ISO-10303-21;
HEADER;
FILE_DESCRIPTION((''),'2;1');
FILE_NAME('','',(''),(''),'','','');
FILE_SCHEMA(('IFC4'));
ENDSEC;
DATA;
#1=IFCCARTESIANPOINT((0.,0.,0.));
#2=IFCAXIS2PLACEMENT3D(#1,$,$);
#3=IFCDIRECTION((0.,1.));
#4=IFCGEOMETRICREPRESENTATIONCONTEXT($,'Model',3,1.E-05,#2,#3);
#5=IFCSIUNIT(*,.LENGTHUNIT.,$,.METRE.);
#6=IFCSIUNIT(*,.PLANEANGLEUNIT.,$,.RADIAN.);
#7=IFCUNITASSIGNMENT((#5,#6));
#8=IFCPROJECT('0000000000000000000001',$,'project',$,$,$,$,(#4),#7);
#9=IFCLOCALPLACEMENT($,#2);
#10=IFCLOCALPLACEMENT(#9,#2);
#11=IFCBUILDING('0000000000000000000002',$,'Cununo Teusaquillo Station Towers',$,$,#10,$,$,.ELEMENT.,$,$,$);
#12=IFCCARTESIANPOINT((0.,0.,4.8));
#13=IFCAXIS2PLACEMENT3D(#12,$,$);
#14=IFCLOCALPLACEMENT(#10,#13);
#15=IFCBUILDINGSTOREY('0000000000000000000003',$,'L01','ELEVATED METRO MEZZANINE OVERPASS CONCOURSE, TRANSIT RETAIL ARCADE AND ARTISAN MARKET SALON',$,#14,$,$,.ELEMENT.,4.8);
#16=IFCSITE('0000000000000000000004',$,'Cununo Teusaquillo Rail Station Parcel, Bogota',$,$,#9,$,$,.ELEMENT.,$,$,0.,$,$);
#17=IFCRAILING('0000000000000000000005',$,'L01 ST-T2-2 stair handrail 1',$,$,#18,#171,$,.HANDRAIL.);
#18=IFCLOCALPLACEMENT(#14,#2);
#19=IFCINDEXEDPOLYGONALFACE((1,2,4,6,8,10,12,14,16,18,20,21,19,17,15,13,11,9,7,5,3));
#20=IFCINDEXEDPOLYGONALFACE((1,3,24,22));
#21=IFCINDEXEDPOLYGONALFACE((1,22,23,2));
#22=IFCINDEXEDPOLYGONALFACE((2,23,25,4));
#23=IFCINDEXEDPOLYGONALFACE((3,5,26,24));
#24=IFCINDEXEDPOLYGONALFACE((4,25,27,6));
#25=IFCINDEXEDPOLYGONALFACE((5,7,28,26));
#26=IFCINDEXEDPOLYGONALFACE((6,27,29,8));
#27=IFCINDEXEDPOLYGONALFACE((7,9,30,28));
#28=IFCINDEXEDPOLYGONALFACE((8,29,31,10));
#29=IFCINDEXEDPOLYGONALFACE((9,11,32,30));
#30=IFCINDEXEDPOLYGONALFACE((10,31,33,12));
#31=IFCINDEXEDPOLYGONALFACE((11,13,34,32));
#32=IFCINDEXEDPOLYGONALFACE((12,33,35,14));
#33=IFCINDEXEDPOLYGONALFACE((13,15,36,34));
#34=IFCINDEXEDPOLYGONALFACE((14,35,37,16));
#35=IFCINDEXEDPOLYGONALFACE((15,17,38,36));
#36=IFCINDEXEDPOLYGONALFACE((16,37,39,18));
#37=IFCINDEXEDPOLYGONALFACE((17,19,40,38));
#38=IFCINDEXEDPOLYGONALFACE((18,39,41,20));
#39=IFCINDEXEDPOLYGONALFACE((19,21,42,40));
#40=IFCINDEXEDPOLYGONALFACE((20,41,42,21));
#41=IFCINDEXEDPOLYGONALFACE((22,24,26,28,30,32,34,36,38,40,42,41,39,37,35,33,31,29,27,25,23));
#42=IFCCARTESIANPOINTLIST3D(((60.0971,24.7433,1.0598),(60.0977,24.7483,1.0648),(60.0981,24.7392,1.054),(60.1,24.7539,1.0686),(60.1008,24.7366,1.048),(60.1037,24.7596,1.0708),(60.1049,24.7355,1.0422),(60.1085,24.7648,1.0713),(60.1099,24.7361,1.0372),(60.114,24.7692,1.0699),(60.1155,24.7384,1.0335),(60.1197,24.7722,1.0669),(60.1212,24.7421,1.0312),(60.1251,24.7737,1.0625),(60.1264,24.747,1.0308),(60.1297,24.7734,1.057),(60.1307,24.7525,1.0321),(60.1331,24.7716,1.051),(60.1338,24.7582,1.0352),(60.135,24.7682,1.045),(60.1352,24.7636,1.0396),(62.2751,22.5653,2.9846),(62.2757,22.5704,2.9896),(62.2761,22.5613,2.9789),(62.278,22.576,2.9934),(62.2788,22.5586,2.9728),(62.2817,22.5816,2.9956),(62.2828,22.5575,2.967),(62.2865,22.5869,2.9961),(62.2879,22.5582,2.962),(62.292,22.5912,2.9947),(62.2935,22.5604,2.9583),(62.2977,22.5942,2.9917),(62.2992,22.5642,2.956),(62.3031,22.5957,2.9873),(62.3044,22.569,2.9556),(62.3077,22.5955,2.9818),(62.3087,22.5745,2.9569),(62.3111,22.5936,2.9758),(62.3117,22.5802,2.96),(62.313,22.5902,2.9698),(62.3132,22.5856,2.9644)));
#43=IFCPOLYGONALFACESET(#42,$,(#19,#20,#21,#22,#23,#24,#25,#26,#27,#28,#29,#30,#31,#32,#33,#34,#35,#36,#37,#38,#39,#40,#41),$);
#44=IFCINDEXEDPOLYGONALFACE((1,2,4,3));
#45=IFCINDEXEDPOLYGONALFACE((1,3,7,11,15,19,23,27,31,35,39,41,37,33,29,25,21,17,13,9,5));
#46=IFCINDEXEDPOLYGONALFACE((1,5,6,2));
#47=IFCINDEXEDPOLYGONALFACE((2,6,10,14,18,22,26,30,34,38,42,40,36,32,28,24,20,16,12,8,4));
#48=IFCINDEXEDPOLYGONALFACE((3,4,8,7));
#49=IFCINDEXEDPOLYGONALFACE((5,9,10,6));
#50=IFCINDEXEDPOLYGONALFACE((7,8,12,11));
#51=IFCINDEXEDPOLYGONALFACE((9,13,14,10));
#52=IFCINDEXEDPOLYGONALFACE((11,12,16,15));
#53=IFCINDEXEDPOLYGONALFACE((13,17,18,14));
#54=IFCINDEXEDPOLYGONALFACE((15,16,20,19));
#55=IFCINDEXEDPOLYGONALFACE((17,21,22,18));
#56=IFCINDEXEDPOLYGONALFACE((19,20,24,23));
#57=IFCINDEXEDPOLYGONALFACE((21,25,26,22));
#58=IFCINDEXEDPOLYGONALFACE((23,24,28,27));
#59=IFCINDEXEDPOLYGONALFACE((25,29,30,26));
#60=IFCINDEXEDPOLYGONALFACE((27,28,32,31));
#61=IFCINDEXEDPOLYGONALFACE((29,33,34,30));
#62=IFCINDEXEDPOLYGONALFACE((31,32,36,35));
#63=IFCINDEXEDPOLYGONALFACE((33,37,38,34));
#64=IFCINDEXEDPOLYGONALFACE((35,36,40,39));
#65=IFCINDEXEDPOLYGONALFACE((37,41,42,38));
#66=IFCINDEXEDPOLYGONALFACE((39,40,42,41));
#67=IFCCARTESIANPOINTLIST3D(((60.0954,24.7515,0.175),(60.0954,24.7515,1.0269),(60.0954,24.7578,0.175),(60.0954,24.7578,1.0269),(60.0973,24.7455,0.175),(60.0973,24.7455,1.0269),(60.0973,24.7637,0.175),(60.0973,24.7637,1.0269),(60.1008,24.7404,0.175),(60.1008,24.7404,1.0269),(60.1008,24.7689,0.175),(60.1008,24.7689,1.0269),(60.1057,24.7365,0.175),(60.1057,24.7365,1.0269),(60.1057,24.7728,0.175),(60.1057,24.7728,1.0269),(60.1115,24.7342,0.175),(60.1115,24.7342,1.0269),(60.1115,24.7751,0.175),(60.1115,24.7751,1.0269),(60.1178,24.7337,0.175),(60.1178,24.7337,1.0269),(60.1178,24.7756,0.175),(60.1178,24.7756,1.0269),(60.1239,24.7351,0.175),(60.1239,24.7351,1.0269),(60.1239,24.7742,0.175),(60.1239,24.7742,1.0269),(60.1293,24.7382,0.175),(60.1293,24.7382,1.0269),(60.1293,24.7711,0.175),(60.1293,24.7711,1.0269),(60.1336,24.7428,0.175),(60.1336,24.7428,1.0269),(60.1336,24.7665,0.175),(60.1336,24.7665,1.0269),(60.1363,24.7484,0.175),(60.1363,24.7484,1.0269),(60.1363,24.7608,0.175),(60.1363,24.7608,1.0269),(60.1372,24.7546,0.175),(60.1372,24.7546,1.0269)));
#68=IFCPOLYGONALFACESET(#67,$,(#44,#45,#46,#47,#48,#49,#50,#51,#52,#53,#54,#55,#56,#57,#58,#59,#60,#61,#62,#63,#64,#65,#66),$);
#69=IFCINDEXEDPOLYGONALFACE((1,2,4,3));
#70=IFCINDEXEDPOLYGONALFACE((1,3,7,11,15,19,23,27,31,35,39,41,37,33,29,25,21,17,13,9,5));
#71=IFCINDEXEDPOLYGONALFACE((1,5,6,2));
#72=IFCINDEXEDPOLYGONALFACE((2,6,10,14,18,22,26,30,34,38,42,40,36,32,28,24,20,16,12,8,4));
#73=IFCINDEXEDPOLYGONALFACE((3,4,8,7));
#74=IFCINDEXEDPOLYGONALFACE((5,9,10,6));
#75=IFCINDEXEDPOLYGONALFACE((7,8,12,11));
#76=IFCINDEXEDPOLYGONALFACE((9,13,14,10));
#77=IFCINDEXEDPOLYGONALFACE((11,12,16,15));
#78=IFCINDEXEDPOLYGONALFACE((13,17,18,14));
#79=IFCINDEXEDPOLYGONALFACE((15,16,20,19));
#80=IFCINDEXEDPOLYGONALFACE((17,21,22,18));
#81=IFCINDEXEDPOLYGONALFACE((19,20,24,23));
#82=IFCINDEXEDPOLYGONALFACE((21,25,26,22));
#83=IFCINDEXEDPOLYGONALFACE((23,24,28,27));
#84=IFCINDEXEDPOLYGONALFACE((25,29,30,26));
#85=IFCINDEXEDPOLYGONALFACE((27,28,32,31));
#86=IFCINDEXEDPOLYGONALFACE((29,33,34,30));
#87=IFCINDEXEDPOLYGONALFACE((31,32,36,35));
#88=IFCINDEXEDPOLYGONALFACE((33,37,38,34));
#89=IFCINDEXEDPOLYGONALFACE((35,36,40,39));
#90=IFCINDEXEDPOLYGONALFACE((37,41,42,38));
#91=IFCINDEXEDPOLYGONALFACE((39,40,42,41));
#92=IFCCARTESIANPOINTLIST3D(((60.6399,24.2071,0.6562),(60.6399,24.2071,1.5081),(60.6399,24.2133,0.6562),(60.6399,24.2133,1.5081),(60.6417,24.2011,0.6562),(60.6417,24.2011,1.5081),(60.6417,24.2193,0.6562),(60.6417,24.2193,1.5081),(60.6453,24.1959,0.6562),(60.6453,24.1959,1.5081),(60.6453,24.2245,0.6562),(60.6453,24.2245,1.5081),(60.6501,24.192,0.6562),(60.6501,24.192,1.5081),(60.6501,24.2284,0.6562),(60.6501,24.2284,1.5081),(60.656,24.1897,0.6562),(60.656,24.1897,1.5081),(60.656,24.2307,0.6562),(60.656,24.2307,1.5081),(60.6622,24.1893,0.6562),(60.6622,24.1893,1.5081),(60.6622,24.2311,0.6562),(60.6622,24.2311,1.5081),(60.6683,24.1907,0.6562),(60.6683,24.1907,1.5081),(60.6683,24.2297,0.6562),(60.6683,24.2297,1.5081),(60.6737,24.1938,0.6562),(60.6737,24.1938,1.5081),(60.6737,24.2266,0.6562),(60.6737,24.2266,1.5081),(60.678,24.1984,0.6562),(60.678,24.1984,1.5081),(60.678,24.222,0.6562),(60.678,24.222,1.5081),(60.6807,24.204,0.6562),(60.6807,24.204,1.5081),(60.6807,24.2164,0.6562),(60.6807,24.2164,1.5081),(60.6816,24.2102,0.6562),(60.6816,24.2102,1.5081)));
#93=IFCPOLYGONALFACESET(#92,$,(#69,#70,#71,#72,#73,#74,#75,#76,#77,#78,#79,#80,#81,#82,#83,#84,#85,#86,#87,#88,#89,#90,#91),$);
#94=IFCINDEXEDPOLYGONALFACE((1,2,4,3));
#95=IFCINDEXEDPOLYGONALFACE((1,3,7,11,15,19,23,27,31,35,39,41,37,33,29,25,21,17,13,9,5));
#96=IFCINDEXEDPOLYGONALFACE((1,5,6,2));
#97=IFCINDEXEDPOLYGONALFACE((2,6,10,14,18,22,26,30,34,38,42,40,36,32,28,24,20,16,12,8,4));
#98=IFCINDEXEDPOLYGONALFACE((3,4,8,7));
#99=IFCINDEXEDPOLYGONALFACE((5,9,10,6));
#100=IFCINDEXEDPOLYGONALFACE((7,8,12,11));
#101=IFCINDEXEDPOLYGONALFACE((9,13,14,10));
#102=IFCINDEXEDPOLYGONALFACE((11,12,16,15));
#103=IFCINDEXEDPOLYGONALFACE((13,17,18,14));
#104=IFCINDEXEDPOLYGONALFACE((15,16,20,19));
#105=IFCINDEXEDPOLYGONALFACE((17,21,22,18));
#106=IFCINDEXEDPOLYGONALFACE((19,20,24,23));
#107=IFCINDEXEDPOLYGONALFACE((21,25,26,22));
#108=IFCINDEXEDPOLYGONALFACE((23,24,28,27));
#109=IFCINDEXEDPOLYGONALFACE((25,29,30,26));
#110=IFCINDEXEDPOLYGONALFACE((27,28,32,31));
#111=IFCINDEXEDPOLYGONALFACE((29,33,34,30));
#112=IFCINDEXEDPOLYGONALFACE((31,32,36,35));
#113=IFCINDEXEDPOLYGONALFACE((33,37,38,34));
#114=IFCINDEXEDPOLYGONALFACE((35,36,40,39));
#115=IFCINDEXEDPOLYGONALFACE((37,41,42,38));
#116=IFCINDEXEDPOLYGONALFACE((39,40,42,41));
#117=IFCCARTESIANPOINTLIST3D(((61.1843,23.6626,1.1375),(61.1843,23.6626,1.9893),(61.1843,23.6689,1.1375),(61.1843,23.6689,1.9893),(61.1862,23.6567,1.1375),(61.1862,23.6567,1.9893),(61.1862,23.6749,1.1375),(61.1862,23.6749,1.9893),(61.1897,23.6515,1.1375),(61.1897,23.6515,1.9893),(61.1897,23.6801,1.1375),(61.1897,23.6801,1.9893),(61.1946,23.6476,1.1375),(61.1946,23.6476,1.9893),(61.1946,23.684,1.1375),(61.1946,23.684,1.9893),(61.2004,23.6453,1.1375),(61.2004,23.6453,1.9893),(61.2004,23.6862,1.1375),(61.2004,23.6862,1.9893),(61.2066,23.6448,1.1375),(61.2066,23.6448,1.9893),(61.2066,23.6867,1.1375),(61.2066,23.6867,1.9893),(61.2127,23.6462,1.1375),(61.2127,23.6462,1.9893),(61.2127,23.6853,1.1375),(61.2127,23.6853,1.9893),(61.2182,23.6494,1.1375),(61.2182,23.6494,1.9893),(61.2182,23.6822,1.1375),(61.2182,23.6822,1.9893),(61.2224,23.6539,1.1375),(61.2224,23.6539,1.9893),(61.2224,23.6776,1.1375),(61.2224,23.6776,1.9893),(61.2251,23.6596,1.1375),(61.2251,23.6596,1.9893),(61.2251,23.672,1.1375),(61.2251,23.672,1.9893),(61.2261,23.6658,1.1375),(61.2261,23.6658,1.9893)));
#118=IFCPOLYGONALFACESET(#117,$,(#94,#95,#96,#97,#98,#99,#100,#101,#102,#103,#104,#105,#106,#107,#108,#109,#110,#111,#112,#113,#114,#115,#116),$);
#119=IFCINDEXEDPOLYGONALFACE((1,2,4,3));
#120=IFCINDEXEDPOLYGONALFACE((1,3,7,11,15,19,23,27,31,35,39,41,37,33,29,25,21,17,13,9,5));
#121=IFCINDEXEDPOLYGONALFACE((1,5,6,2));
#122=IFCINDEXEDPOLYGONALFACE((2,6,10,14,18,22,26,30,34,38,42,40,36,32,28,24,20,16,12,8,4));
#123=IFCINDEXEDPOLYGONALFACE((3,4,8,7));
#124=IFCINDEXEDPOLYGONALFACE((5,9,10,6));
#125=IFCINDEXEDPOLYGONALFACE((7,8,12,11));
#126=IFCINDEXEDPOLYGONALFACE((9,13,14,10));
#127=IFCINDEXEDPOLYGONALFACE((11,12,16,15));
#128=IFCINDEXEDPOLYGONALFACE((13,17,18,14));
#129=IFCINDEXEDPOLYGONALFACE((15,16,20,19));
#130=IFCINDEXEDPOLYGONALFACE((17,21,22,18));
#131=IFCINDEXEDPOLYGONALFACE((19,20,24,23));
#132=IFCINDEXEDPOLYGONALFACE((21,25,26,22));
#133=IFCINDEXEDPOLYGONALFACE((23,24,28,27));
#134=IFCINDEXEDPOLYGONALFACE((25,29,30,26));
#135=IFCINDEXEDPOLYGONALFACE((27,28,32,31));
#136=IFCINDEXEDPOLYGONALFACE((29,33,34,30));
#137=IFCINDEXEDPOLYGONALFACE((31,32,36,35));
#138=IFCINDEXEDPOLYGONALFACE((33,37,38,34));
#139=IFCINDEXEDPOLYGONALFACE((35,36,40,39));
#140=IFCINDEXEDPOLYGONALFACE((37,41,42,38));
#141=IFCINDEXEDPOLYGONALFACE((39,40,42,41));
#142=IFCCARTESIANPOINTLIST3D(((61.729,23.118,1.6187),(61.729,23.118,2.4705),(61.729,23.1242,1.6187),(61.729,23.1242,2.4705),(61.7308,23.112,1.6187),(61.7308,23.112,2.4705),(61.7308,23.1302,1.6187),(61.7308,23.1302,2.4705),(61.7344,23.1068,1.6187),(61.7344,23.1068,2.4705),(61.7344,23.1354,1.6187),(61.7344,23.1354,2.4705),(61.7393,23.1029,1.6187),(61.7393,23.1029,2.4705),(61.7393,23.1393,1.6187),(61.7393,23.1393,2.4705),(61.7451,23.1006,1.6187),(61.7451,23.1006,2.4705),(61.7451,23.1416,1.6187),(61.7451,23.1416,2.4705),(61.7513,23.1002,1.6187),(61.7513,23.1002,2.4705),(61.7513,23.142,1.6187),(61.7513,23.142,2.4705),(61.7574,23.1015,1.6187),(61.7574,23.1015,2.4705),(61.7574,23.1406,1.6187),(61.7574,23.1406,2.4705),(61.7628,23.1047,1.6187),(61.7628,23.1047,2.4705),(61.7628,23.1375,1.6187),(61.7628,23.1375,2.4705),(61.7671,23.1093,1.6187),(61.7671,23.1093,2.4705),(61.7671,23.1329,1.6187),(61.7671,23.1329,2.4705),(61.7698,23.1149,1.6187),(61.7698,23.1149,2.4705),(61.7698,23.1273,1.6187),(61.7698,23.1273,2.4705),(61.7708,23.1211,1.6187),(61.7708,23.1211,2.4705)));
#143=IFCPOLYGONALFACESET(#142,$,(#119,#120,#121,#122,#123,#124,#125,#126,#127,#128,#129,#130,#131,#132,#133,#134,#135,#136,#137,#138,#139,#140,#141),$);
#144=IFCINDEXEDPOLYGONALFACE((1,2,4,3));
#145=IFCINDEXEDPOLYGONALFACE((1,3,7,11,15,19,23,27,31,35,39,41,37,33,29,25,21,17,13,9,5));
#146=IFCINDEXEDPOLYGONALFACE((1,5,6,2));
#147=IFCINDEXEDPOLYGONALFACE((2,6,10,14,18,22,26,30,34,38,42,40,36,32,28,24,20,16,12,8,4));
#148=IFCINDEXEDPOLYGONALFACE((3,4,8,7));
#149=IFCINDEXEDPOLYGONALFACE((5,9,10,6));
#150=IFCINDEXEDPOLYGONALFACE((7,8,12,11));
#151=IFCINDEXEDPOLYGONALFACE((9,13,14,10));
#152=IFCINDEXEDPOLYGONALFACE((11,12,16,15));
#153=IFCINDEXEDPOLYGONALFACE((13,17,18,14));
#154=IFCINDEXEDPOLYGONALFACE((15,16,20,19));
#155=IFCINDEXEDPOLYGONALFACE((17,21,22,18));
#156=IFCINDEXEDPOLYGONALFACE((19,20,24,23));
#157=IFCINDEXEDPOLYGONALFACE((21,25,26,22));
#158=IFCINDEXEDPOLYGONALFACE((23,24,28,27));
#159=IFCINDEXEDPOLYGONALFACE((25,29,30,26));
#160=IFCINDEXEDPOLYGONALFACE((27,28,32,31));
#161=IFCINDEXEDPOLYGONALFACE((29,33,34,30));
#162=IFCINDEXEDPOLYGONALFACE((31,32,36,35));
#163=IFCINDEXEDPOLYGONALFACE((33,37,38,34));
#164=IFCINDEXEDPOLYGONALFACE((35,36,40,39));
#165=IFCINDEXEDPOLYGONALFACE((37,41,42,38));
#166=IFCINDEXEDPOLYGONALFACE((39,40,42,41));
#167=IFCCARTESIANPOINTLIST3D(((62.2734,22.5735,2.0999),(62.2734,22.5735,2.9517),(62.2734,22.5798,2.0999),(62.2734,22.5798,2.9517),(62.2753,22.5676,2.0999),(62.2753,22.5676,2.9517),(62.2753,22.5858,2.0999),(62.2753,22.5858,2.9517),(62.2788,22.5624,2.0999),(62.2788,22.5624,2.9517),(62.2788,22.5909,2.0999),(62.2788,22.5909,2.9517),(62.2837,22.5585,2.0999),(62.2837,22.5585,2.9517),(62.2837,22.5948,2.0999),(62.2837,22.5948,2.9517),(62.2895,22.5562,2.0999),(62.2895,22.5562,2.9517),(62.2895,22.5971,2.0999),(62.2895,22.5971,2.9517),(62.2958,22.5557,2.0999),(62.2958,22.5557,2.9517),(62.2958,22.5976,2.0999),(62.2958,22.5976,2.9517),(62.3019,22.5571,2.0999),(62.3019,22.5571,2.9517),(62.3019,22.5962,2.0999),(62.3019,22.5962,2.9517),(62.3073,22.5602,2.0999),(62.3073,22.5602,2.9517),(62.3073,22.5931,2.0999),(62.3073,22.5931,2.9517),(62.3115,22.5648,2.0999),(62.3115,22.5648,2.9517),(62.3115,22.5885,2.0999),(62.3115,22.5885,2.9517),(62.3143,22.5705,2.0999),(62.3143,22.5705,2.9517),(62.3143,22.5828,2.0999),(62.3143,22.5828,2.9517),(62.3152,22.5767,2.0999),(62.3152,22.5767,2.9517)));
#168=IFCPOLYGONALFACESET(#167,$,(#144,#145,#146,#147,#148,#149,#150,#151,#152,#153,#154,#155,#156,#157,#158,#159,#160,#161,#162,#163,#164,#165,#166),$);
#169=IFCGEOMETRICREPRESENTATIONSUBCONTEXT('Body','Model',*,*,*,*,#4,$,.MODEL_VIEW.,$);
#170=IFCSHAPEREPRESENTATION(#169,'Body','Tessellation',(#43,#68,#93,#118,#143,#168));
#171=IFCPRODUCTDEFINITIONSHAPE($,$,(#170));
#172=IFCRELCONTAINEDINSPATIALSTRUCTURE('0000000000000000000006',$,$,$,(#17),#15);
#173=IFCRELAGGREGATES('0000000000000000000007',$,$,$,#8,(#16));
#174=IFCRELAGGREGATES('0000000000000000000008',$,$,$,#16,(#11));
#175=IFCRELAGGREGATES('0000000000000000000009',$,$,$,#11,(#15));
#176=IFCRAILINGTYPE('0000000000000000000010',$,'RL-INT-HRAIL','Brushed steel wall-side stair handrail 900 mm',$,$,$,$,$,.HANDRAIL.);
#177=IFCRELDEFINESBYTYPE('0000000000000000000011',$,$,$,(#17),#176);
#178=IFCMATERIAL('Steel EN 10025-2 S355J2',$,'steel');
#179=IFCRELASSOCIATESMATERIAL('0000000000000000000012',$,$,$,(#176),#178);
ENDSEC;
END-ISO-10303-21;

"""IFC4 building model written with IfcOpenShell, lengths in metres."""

from ifc_helpers import new_model, si_unit, direction, frame, origin, origin_2d, place, context, subcontext, project, spatial, circle, extrude, material, type_object, element, save


model = new_model("IFC4")

# Units and contexts
model_context = context("Model", 3, precision=1e-05, world=origin(), true_north=direction((0.0, 1.0)))
body_context = subcontext(model_context, "Body", "Model", "MODEL_VIEW")
ifc_project = project(units=[si_unit("LENGTHUNIT", "METRE"), si_unit("PLANEANGLEUNIT", "RADIAN")], contexts=[model_context])

# Site, building, storey
site_placement = place(None, origin())
site = spatial("IfcSite", under=ifc_project, at=site_placement, Name="Cununo Teusaquillo Rail Station Parcel, Bogota", CompositionType="ELEMENT", RefElevation=0.0)
building_placement = place(site_placement, origin())
building = spatial("IfcBuilding", under=site, at=building_placement, Name="Cununo Teusaquillo Station Towers", CompositionType="ELEMENT")
storey_placement = place(building_placement, frame((0.0, 0.0, 4.8)))
storey = spatial("IfcBuildingStorey", under=building, at=storey_placement, Name="L01", Description="ELEVATED METRO MEZZANINE OVERPASS CONCOURSE, TRANSIT RETAIL ARCADE AND ARTISAN MARKET SALON", CompositionType="ELEMENT", Elevation=4.8)

# Railing
ifc_material_1 = material(Name="Steel EN 10025-2 S355J2", Category="steel")
railing_type_1 = type_object("IfcRailingType", Name="RL-INT-HRAIL", Description="Brushed steel wall-side stair handrail 900 mm", PredefinedType="HANDRAIL", material=ifc_material_1)
railing_1_placement = place(storey_placement, frame((60.1162, 24.7546, 0.175)))
element("IfcRailing", 1, at=railing_1_placement, inside=storey, type_object=railing_type_1, Name="L01 ST-T2-2 stair handrail 1", PredefinedType="HANDRAIL", context=body_context, shape_type="SweptSolid", body=[
    extrude(circle(Radius=0.0239, at=origin_2d()), frame((0.0, 0.0, 0.876), z_axis=(0.599649, -0.599649, 0.529945), x_axis=(0.707107, 0.707107, 0.0)), (0.0, 0.0, 1.0), 3.6321),
    extrude(circle(Radius=0.021, at=origin_2d()), origin(), (0.0, 0.0, 1.0), 0.8518),
    extrude(circle(Radius=0.021, at=origin_2d()), frame((0.5444, -0.5444, 0.4812)), (0.0, 0.0, 1.0), 0.8518),
    extrude(circle(Radius=0.021, at=origin_2d()), frame((1.0889, -1.0889, 0.9624)), (0.0, 0.0, 1.0), 0.8518),
    extrude(circle(Radius=0.021, at=origin_2d()), frame((1.6335, -1.6335, 1.4436)), (0.0, 0.0, 1.0), 0.8518),
    extrude(circle(Radius=0.021, at=origin_2d()), frame((2.178, -2.178, 1.9248)), (0.0, 0.0, 1.0), 0.8518),
])

save(model, "model.ifc")
